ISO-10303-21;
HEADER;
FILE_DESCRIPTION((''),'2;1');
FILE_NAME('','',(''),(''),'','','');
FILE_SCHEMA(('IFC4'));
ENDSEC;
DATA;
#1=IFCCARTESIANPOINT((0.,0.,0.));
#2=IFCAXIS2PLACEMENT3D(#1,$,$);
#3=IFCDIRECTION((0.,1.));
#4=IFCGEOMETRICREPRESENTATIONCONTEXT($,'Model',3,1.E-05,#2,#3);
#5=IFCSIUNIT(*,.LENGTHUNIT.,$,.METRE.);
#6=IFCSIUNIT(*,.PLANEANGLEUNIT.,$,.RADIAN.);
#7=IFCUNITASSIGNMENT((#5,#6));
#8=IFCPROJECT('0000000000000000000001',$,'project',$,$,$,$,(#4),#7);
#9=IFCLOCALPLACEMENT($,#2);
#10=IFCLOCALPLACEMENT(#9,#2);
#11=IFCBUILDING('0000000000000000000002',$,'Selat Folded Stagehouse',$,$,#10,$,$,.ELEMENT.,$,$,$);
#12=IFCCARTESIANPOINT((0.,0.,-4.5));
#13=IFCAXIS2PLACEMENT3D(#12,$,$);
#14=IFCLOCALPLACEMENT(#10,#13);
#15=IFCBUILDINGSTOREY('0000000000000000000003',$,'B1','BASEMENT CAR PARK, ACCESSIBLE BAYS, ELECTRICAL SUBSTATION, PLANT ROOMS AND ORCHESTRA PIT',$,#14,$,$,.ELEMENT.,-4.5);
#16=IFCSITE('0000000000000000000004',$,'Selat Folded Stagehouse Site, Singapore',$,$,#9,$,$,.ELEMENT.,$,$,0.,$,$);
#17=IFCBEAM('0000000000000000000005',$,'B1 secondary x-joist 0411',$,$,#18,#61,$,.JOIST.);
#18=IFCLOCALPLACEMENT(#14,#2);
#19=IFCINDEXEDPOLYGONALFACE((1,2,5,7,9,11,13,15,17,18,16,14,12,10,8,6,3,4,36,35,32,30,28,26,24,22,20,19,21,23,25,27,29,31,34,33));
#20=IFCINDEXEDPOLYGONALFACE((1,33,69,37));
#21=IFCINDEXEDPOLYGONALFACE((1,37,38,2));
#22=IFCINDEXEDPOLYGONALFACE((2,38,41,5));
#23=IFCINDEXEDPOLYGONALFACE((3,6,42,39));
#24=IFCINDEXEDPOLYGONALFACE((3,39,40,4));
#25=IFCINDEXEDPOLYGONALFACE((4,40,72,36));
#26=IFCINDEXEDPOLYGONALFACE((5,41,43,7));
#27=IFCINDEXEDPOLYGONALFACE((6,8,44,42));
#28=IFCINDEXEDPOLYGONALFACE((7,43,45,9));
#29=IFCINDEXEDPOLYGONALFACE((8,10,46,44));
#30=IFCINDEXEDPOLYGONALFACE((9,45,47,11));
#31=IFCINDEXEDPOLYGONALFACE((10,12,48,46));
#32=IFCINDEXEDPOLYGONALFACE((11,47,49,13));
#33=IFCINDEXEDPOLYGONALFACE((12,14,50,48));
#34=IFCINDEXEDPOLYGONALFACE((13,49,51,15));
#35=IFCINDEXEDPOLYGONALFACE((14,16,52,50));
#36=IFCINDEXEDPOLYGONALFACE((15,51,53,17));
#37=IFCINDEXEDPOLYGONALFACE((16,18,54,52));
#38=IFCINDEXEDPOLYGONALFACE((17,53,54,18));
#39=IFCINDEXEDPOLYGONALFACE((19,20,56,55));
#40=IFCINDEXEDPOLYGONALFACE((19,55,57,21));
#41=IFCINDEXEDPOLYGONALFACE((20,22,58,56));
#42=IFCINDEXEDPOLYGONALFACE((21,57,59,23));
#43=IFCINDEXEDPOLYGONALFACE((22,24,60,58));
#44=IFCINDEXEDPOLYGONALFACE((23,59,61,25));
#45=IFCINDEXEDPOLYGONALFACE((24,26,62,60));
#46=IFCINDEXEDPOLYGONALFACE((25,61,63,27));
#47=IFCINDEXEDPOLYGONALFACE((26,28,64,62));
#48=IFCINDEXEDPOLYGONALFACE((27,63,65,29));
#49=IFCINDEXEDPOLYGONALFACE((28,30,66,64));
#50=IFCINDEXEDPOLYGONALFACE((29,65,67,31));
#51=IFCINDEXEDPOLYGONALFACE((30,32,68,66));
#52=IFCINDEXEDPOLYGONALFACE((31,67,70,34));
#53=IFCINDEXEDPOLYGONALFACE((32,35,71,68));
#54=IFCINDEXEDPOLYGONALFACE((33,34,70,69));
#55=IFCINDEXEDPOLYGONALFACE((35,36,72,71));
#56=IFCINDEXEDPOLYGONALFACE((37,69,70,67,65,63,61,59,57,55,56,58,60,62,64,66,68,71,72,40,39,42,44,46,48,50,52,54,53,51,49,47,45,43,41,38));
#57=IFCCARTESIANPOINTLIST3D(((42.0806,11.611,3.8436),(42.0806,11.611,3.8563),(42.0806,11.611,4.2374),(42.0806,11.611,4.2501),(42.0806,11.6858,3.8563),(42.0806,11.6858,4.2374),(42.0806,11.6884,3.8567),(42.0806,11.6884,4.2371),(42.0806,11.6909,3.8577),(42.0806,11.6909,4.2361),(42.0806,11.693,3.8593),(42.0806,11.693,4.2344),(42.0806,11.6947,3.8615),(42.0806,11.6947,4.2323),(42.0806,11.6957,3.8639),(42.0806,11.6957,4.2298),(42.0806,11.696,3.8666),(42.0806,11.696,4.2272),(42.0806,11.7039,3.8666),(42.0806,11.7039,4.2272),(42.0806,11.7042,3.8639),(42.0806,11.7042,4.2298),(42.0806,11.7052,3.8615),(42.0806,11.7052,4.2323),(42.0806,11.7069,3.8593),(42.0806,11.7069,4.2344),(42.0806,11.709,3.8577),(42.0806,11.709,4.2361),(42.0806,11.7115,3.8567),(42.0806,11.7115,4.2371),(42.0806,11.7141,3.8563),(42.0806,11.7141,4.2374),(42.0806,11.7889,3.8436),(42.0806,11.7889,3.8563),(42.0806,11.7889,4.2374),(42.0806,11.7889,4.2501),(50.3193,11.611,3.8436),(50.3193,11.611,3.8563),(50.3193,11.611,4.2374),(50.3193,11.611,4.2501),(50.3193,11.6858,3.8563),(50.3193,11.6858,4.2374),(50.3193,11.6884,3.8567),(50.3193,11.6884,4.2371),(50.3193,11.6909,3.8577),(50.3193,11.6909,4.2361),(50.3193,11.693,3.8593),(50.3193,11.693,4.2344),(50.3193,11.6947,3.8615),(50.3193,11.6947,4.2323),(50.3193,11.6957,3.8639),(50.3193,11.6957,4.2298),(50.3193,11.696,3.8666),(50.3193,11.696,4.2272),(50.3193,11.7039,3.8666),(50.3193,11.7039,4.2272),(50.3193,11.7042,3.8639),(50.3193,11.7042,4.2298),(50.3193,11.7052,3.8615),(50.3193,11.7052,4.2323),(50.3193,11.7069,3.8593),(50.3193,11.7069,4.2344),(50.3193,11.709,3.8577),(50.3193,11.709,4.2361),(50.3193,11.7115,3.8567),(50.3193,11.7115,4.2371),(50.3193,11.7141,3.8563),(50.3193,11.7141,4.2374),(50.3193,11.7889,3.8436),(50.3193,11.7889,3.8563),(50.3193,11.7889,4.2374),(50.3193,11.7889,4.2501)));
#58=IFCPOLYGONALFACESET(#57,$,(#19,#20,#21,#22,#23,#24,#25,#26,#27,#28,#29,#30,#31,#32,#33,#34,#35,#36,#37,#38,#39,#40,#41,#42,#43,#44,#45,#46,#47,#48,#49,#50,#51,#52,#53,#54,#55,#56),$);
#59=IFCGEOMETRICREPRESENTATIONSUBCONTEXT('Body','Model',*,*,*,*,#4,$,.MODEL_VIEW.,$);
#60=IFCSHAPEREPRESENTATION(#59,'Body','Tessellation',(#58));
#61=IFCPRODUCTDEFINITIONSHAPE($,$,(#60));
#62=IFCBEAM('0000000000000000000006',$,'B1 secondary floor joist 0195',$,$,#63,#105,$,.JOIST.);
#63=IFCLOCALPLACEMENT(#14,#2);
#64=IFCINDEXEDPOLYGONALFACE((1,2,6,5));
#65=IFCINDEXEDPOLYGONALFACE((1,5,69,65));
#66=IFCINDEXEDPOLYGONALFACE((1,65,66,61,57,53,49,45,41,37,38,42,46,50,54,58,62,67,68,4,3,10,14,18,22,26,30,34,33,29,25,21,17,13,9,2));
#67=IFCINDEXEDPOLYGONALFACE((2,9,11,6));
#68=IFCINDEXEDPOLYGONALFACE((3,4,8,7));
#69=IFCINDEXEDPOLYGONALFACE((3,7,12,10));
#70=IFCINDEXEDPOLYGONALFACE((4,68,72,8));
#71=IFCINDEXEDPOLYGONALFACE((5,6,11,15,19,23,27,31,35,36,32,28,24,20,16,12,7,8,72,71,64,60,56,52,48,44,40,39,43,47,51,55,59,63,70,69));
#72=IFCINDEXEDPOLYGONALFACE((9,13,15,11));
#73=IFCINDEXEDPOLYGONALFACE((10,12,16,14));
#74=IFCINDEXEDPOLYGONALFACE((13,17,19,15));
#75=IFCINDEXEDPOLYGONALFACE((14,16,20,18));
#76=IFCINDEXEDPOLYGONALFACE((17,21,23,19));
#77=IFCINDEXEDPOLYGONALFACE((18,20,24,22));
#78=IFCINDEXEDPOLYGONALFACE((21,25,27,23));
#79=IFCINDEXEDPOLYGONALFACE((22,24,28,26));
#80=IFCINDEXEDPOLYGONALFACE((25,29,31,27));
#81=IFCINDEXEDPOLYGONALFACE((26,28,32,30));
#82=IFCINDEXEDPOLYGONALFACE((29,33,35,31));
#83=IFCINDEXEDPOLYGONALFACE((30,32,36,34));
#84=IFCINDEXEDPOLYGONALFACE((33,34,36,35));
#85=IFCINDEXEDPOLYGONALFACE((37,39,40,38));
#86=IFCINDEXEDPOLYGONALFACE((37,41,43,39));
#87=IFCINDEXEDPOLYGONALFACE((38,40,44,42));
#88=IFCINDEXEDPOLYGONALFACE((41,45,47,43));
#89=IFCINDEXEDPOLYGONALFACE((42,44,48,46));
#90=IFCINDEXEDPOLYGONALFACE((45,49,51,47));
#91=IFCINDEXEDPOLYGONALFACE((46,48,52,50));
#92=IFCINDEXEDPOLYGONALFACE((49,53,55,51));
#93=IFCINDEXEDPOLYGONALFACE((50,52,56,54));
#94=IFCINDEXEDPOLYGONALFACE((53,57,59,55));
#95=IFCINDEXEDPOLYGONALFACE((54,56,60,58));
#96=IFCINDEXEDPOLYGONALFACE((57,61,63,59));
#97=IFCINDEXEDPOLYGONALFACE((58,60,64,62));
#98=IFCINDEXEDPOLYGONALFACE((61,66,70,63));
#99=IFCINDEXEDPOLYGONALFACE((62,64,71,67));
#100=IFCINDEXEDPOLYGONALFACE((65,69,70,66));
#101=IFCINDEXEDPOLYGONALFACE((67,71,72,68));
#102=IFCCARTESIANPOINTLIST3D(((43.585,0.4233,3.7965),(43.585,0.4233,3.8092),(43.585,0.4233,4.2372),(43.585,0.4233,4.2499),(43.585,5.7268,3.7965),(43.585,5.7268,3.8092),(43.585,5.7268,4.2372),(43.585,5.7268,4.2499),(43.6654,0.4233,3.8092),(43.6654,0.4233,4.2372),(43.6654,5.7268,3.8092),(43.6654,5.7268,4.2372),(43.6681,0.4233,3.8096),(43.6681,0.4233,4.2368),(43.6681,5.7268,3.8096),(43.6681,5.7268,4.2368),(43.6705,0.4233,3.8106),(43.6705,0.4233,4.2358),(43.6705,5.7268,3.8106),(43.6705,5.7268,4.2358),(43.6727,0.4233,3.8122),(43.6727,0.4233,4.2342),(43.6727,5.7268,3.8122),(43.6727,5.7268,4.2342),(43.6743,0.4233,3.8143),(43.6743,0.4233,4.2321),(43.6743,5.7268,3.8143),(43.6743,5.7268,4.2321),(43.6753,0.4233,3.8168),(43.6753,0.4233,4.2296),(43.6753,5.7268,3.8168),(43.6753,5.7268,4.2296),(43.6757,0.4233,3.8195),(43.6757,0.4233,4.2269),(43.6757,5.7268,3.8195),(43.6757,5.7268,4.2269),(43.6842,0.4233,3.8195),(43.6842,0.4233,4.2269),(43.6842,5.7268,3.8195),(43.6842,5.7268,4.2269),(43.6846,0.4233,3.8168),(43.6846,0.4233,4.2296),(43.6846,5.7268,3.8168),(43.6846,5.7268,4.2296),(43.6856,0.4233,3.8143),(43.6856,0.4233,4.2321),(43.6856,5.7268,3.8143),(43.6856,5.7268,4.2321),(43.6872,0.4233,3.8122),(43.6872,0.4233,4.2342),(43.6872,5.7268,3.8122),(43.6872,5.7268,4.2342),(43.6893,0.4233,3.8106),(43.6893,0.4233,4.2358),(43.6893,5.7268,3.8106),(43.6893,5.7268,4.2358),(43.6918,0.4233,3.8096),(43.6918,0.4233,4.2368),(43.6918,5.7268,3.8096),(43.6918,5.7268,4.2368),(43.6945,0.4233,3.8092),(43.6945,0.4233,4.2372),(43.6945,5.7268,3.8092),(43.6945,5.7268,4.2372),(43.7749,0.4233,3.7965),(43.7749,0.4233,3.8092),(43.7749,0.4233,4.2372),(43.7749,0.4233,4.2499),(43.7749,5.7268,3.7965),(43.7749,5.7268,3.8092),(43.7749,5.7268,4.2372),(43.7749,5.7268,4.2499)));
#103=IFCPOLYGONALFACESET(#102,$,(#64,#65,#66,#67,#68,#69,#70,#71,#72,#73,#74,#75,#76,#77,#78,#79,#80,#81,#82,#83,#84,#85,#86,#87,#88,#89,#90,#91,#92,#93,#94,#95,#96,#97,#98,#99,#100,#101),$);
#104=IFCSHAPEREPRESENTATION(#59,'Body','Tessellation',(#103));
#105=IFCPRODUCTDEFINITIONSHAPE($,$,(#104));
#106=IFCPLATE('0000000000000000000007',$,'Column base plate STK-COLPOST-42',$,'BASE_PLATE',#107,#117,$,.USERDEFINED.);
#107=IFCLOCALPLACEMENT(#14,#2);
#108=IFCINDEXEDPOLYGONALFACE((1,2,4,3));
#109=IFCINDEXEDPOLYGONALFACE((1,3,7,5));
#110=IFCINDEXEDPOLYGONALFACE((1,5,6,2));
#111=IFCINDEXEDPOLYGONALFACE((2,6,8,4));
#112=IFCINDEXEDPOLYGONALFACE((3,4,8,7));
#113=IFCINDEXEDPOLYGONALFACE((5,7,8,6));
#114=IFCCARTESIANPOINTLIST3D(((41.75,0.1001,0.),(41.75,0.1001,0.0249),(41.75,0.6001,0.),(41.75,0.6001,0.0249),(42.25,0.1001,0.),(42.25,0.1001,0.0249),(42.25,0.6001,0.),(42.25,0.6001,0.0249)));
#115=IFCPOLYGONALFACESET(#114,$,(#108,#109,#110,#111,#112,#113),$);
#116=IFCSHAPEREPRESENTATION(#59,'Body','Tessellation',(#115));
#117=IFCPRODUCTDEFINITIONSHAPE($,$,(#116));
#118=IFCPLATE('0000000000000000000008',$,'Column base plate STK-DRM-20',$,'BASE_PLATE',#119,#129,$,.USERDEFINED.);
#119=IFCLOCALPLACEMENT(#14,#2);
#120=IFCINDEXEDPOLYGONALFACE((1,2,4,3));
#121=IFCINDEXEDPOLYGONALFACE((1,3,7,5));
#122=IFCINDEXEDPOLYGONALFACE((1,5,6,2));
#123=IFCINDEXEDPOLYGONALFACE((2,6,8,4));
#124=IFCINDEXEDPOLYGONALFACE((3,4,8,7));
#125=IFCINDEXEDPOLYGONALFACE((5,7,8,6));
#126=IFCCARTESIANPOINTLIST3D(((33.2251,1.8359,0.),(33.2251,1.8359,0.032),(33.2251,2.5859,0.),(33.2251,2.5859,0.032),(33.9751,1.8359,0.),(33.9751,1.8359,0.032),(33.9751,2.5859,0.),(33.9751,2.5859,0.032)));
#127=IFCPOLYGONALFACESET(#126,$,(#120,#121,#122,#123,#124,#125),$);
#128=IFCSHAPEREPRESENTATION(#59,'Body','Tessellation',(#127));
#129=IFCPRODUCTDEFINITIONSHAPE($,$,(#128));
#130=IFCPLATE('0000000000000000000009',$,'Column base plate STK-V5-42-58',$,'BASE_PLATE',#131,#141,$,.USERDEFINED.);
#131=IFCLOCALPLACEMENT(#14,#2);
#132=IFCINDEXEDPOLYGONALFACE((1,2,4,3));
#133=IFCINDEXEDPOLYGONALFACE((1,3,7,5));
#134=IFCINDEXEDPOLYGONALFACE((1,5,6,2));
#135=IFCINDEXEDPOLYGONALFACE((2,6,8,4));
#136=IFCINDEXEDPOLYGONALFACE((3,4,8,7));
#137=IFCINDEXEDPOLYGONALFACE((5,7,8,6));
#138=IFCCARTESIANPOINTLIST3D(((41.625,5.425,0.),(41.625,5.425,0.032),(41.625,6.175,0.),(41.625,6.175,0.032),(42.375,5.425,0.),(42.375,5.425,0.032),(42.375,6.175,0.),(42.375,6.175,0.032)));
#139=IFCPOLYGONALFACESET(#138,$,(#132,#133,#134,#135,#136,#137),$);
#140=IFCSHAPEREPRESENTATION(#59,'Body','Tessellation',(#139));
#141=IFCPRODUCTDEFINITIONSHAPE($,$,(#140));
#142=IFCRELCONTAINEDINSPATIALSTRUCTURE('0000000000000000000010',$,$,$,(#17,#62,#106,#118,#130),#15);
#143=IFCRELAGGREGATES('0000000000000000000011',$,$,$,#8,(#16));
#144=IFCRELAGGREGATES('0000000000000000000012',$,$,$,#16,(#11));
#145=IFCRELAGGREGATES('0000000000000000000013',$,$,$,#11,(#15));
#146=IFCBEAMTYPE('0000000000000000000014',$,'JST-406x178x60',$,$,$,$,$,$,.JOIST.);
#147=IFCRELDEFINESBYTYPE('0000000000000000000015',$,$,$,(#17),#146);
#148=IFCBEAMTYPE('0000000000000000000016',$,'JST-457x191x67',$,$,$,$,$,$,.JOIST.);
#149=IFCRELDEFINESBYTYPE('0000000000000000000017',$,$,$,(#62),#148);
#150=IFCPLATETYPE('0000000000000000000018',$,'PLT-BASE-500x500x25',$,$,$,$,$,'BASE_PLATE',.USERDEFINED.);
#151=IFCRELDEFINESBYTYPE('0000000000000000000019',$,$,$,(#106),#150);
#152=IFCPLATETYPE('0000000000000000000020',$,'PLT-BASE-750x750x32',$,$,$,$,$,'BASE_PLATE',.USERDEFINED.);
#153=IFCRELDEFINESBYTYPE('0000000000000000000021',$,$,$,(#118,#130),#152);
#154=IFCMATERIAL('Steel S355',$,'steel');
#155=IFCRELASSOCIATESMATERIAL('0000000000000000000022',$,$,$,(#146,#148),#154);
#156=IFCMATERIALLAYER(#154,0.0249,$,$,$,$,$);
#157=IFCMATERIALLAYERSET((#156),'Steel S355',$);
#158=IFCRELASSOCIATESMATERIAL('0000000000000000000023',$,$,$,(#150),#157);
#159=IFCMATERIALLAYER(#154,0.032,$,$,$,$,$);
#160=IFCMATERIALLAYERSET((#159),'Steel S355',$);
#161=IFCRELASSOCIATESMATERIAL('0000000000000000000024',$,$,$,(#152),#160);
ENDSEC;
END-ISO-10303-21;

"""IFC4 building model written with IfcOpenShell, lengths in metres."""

from ifc_helpers import new_model, si_unit, direction, frame, origin, origin_2d, place, context, subcontext, project, spatial, rectangle, i_section, extrude, material, layer, layer_set, material_profile, profile_set, type_object, element, save


model = new_model("IFC4")

# Units and contexts
model_context = context("Model", 3, precision=1e-05, world=origin(), true_north=direction((0.0, 1.0)))
body_context = subcontext(model_context, "Body", "Model", "MODEL_VIEW")
ifc_project = project(units=[si_unit("LENGTHUNIT", "METRE"), si_unit("PLANEANGLEUNIT", "RADIAN")], contexts=[model_context])

# Site, building, storey
site_placement = place(None, origin())
site = spatial("IfcSite", under=ifc_project, at=site_placement, Name="Selat Folded Stagehouse Site, Singapore", CompositionType="ELEMENT", RefElevation=0.0)
building_placement = place(site_placement, origin())
building = spatial("IfcBuilding", under=site, at=building_placement, Name="Selat Folded Stagehouse", CompositionType="ELEMENT")
storey_placement = place(building_placement, frame((0.0, 0.0, -4.5)))
storey = spatial("IfcBuildingStorey", under=building, at=storey_placement, Name="B1", Description="BASEMENT CAR PARK, ACCESSIBLE BAYS, ELECTRICAL SUBSTATION, PLANT ROOMS AND ORCHESTRA PIT", CompositionType="ELEMENT", Elevation=-4.5)

# Shared definitions
ifc_material_1 = material(Name="Steel S355", Category="steel")

# Beams
ifc_material_profile_1 = material_profile(ifc_material_1, i_section(OverallWidth=0.178, OverallDepth=0.4065, WebThickness=0.0078, FlangeThickness=0.0127, FilletRadius=0.0103, at=origin_2d()), Name="UKB 406x178x60")
ifc_profile_set_1 = profile_set([ifc_material_profile_1], Name="Steel S355")
beam_type_1 = type_object("IfcBeamType", Name="JST-406x178x60", PredefinedType="JOIST", material=ifc_profile_set_1)
for number, where, z_axis, x_axis, name in (
    (1, (42.0806, 11.7, 4.0469), (1.0, 0.0, 0.0), (0.0, 1.0, 0.0), "B1 secondary x-joist 0411"),
):
    element("IfcBeam", number, at=place(storey_placement, frame(where, z_axis=z_axis, x_axis=x_axis)), inside=storey, type_object=beam_type_1, Name=name, PredefinedType="JOIST", context=body_context, shape_type="SweptSolid", body=[
        extrude(i_section(OverallWidth=0.178, OverallDepth=0.4065, WebThickness=0.0078, FlangeThickness=0.0127, FilletRadius=0.0103, at=origin_2d()), origin(), (0.0, 0.0, 1.0), 8.2388),
    ])
ifc_material_profile_2 = material_profile(ifc_material_1, i_section(OverallWidth=0.1899, OverallDepth=0.4534, WebThickness=0.0085, FlangeThickness=0.0127, FilletRadius=0.0103, at=origin_2d()), Name="UKB 457x191x67")
ifc_profile_set_2 = profile_set([ifc_material_profile_2], Name="Steel S355")
beam_type_2 = type_object("IfcBeamType", Name="JST-457x191x67", PredefinedType="JOIST", material=ifc_profile_set_2)
beam_1_placement = place(storey_placement, frame((43.6799, 0.4233, 4.0232), z_axis=(0.0, 1.0, 0.0), x_axis=(-1.0, 0.0, 0.0)))
element("IfcBeam", 2, at=beam_1_placement, inside=storey, type_object=beam_type_2, Name="B1 secondary floor joist 0195", PredefinedType="JOIST", context=body_context, shape_type="SweptSolid", body=[
    extrude(i_section(OverallWidth=0.1899, OverallDepth=0.4534, WebThickness=0.0085, FlangeThickness=0.0127, FilletRadius=0.0103, at=origin_2d()), origin(), (0.0, 0.0, 1.0), 5.3035),
])

# Plates
ifc_layer_1 = layer(ifc_material_1, 0.0249)
ifc_layer_set_1 = layer_set([ifc_layer_1], Name="Steel S355")
plate_type_1 = type_object("IfcPlateType", Name="PLT-BASE-500x500x25", ElementType="BASE_PLATE", PredefinedType="USERDEFINED", material=ifc_layer_set_1)
plate_placement = place(storey_placement, frame((42.0, 0.3501, 0.0), z_axis=(0.0, 0.0, 1.0), x_axis=(1.0, 0.0, 0.0)))
element("IfcPlate", 3, at=plate_placement, inside=storey, type_object=plate_type_1, Name="Column base plate STK-COLPOST-42", ObjectType="BASE_PLATE", PredefinedType="USERDEFINED", context=body_context, shape_type="SweptSolid", body=[
    extrude(rectangle(XDim=0.5, YDim=0.5, at=origin_2d()), origin(), (0.0, 0.0, 1.0), 0.0249),
])
ifc_layer_2 = layer(ifc_material_1, 0.032)
ifc_layer_set_2 = layer_set([ifc_layer_2], Name="Steel S355")
plate_type_2 = type_object("IfcPlateType", Name="PLT-BASE-750x750x32", ElementType="BASE_PLATE", PredefinedType="USERDEFINED", material=ifc_layer_set_2)
for number, where, z_axis, x_axis, name in (
    (4, (33.6001, 2.2109, 0.0), (0.0, 0.0, 1.0), (1.0, 0.0, 0.0), "Column base plate STK-DRM-20"),
    (5, (42.0, 5.8, 0.0), (0.0, 0.0, 1.0), (1.0, 0.0, 0.0), "Column base plate STK-V5-42-58"),
):
    element("IfcPlate", number, at=place(storey_placement, frame(where, z_axis=z_axis, x_axis=x_axis)), inside=storey, type_object=plate_type_2, Name=name, ObjectType="BASE_PLATE", PredefinedType="USERDEFINED", context=body_context, shape_type="SweptSolid", body=[
        extrude(rectangle(XDim=0.75, YDim=0.75, at=origin_2d()), origin(), (0.0, 0.0, 1.0), 0.032),
    ])

save(model, "model.ifc")
